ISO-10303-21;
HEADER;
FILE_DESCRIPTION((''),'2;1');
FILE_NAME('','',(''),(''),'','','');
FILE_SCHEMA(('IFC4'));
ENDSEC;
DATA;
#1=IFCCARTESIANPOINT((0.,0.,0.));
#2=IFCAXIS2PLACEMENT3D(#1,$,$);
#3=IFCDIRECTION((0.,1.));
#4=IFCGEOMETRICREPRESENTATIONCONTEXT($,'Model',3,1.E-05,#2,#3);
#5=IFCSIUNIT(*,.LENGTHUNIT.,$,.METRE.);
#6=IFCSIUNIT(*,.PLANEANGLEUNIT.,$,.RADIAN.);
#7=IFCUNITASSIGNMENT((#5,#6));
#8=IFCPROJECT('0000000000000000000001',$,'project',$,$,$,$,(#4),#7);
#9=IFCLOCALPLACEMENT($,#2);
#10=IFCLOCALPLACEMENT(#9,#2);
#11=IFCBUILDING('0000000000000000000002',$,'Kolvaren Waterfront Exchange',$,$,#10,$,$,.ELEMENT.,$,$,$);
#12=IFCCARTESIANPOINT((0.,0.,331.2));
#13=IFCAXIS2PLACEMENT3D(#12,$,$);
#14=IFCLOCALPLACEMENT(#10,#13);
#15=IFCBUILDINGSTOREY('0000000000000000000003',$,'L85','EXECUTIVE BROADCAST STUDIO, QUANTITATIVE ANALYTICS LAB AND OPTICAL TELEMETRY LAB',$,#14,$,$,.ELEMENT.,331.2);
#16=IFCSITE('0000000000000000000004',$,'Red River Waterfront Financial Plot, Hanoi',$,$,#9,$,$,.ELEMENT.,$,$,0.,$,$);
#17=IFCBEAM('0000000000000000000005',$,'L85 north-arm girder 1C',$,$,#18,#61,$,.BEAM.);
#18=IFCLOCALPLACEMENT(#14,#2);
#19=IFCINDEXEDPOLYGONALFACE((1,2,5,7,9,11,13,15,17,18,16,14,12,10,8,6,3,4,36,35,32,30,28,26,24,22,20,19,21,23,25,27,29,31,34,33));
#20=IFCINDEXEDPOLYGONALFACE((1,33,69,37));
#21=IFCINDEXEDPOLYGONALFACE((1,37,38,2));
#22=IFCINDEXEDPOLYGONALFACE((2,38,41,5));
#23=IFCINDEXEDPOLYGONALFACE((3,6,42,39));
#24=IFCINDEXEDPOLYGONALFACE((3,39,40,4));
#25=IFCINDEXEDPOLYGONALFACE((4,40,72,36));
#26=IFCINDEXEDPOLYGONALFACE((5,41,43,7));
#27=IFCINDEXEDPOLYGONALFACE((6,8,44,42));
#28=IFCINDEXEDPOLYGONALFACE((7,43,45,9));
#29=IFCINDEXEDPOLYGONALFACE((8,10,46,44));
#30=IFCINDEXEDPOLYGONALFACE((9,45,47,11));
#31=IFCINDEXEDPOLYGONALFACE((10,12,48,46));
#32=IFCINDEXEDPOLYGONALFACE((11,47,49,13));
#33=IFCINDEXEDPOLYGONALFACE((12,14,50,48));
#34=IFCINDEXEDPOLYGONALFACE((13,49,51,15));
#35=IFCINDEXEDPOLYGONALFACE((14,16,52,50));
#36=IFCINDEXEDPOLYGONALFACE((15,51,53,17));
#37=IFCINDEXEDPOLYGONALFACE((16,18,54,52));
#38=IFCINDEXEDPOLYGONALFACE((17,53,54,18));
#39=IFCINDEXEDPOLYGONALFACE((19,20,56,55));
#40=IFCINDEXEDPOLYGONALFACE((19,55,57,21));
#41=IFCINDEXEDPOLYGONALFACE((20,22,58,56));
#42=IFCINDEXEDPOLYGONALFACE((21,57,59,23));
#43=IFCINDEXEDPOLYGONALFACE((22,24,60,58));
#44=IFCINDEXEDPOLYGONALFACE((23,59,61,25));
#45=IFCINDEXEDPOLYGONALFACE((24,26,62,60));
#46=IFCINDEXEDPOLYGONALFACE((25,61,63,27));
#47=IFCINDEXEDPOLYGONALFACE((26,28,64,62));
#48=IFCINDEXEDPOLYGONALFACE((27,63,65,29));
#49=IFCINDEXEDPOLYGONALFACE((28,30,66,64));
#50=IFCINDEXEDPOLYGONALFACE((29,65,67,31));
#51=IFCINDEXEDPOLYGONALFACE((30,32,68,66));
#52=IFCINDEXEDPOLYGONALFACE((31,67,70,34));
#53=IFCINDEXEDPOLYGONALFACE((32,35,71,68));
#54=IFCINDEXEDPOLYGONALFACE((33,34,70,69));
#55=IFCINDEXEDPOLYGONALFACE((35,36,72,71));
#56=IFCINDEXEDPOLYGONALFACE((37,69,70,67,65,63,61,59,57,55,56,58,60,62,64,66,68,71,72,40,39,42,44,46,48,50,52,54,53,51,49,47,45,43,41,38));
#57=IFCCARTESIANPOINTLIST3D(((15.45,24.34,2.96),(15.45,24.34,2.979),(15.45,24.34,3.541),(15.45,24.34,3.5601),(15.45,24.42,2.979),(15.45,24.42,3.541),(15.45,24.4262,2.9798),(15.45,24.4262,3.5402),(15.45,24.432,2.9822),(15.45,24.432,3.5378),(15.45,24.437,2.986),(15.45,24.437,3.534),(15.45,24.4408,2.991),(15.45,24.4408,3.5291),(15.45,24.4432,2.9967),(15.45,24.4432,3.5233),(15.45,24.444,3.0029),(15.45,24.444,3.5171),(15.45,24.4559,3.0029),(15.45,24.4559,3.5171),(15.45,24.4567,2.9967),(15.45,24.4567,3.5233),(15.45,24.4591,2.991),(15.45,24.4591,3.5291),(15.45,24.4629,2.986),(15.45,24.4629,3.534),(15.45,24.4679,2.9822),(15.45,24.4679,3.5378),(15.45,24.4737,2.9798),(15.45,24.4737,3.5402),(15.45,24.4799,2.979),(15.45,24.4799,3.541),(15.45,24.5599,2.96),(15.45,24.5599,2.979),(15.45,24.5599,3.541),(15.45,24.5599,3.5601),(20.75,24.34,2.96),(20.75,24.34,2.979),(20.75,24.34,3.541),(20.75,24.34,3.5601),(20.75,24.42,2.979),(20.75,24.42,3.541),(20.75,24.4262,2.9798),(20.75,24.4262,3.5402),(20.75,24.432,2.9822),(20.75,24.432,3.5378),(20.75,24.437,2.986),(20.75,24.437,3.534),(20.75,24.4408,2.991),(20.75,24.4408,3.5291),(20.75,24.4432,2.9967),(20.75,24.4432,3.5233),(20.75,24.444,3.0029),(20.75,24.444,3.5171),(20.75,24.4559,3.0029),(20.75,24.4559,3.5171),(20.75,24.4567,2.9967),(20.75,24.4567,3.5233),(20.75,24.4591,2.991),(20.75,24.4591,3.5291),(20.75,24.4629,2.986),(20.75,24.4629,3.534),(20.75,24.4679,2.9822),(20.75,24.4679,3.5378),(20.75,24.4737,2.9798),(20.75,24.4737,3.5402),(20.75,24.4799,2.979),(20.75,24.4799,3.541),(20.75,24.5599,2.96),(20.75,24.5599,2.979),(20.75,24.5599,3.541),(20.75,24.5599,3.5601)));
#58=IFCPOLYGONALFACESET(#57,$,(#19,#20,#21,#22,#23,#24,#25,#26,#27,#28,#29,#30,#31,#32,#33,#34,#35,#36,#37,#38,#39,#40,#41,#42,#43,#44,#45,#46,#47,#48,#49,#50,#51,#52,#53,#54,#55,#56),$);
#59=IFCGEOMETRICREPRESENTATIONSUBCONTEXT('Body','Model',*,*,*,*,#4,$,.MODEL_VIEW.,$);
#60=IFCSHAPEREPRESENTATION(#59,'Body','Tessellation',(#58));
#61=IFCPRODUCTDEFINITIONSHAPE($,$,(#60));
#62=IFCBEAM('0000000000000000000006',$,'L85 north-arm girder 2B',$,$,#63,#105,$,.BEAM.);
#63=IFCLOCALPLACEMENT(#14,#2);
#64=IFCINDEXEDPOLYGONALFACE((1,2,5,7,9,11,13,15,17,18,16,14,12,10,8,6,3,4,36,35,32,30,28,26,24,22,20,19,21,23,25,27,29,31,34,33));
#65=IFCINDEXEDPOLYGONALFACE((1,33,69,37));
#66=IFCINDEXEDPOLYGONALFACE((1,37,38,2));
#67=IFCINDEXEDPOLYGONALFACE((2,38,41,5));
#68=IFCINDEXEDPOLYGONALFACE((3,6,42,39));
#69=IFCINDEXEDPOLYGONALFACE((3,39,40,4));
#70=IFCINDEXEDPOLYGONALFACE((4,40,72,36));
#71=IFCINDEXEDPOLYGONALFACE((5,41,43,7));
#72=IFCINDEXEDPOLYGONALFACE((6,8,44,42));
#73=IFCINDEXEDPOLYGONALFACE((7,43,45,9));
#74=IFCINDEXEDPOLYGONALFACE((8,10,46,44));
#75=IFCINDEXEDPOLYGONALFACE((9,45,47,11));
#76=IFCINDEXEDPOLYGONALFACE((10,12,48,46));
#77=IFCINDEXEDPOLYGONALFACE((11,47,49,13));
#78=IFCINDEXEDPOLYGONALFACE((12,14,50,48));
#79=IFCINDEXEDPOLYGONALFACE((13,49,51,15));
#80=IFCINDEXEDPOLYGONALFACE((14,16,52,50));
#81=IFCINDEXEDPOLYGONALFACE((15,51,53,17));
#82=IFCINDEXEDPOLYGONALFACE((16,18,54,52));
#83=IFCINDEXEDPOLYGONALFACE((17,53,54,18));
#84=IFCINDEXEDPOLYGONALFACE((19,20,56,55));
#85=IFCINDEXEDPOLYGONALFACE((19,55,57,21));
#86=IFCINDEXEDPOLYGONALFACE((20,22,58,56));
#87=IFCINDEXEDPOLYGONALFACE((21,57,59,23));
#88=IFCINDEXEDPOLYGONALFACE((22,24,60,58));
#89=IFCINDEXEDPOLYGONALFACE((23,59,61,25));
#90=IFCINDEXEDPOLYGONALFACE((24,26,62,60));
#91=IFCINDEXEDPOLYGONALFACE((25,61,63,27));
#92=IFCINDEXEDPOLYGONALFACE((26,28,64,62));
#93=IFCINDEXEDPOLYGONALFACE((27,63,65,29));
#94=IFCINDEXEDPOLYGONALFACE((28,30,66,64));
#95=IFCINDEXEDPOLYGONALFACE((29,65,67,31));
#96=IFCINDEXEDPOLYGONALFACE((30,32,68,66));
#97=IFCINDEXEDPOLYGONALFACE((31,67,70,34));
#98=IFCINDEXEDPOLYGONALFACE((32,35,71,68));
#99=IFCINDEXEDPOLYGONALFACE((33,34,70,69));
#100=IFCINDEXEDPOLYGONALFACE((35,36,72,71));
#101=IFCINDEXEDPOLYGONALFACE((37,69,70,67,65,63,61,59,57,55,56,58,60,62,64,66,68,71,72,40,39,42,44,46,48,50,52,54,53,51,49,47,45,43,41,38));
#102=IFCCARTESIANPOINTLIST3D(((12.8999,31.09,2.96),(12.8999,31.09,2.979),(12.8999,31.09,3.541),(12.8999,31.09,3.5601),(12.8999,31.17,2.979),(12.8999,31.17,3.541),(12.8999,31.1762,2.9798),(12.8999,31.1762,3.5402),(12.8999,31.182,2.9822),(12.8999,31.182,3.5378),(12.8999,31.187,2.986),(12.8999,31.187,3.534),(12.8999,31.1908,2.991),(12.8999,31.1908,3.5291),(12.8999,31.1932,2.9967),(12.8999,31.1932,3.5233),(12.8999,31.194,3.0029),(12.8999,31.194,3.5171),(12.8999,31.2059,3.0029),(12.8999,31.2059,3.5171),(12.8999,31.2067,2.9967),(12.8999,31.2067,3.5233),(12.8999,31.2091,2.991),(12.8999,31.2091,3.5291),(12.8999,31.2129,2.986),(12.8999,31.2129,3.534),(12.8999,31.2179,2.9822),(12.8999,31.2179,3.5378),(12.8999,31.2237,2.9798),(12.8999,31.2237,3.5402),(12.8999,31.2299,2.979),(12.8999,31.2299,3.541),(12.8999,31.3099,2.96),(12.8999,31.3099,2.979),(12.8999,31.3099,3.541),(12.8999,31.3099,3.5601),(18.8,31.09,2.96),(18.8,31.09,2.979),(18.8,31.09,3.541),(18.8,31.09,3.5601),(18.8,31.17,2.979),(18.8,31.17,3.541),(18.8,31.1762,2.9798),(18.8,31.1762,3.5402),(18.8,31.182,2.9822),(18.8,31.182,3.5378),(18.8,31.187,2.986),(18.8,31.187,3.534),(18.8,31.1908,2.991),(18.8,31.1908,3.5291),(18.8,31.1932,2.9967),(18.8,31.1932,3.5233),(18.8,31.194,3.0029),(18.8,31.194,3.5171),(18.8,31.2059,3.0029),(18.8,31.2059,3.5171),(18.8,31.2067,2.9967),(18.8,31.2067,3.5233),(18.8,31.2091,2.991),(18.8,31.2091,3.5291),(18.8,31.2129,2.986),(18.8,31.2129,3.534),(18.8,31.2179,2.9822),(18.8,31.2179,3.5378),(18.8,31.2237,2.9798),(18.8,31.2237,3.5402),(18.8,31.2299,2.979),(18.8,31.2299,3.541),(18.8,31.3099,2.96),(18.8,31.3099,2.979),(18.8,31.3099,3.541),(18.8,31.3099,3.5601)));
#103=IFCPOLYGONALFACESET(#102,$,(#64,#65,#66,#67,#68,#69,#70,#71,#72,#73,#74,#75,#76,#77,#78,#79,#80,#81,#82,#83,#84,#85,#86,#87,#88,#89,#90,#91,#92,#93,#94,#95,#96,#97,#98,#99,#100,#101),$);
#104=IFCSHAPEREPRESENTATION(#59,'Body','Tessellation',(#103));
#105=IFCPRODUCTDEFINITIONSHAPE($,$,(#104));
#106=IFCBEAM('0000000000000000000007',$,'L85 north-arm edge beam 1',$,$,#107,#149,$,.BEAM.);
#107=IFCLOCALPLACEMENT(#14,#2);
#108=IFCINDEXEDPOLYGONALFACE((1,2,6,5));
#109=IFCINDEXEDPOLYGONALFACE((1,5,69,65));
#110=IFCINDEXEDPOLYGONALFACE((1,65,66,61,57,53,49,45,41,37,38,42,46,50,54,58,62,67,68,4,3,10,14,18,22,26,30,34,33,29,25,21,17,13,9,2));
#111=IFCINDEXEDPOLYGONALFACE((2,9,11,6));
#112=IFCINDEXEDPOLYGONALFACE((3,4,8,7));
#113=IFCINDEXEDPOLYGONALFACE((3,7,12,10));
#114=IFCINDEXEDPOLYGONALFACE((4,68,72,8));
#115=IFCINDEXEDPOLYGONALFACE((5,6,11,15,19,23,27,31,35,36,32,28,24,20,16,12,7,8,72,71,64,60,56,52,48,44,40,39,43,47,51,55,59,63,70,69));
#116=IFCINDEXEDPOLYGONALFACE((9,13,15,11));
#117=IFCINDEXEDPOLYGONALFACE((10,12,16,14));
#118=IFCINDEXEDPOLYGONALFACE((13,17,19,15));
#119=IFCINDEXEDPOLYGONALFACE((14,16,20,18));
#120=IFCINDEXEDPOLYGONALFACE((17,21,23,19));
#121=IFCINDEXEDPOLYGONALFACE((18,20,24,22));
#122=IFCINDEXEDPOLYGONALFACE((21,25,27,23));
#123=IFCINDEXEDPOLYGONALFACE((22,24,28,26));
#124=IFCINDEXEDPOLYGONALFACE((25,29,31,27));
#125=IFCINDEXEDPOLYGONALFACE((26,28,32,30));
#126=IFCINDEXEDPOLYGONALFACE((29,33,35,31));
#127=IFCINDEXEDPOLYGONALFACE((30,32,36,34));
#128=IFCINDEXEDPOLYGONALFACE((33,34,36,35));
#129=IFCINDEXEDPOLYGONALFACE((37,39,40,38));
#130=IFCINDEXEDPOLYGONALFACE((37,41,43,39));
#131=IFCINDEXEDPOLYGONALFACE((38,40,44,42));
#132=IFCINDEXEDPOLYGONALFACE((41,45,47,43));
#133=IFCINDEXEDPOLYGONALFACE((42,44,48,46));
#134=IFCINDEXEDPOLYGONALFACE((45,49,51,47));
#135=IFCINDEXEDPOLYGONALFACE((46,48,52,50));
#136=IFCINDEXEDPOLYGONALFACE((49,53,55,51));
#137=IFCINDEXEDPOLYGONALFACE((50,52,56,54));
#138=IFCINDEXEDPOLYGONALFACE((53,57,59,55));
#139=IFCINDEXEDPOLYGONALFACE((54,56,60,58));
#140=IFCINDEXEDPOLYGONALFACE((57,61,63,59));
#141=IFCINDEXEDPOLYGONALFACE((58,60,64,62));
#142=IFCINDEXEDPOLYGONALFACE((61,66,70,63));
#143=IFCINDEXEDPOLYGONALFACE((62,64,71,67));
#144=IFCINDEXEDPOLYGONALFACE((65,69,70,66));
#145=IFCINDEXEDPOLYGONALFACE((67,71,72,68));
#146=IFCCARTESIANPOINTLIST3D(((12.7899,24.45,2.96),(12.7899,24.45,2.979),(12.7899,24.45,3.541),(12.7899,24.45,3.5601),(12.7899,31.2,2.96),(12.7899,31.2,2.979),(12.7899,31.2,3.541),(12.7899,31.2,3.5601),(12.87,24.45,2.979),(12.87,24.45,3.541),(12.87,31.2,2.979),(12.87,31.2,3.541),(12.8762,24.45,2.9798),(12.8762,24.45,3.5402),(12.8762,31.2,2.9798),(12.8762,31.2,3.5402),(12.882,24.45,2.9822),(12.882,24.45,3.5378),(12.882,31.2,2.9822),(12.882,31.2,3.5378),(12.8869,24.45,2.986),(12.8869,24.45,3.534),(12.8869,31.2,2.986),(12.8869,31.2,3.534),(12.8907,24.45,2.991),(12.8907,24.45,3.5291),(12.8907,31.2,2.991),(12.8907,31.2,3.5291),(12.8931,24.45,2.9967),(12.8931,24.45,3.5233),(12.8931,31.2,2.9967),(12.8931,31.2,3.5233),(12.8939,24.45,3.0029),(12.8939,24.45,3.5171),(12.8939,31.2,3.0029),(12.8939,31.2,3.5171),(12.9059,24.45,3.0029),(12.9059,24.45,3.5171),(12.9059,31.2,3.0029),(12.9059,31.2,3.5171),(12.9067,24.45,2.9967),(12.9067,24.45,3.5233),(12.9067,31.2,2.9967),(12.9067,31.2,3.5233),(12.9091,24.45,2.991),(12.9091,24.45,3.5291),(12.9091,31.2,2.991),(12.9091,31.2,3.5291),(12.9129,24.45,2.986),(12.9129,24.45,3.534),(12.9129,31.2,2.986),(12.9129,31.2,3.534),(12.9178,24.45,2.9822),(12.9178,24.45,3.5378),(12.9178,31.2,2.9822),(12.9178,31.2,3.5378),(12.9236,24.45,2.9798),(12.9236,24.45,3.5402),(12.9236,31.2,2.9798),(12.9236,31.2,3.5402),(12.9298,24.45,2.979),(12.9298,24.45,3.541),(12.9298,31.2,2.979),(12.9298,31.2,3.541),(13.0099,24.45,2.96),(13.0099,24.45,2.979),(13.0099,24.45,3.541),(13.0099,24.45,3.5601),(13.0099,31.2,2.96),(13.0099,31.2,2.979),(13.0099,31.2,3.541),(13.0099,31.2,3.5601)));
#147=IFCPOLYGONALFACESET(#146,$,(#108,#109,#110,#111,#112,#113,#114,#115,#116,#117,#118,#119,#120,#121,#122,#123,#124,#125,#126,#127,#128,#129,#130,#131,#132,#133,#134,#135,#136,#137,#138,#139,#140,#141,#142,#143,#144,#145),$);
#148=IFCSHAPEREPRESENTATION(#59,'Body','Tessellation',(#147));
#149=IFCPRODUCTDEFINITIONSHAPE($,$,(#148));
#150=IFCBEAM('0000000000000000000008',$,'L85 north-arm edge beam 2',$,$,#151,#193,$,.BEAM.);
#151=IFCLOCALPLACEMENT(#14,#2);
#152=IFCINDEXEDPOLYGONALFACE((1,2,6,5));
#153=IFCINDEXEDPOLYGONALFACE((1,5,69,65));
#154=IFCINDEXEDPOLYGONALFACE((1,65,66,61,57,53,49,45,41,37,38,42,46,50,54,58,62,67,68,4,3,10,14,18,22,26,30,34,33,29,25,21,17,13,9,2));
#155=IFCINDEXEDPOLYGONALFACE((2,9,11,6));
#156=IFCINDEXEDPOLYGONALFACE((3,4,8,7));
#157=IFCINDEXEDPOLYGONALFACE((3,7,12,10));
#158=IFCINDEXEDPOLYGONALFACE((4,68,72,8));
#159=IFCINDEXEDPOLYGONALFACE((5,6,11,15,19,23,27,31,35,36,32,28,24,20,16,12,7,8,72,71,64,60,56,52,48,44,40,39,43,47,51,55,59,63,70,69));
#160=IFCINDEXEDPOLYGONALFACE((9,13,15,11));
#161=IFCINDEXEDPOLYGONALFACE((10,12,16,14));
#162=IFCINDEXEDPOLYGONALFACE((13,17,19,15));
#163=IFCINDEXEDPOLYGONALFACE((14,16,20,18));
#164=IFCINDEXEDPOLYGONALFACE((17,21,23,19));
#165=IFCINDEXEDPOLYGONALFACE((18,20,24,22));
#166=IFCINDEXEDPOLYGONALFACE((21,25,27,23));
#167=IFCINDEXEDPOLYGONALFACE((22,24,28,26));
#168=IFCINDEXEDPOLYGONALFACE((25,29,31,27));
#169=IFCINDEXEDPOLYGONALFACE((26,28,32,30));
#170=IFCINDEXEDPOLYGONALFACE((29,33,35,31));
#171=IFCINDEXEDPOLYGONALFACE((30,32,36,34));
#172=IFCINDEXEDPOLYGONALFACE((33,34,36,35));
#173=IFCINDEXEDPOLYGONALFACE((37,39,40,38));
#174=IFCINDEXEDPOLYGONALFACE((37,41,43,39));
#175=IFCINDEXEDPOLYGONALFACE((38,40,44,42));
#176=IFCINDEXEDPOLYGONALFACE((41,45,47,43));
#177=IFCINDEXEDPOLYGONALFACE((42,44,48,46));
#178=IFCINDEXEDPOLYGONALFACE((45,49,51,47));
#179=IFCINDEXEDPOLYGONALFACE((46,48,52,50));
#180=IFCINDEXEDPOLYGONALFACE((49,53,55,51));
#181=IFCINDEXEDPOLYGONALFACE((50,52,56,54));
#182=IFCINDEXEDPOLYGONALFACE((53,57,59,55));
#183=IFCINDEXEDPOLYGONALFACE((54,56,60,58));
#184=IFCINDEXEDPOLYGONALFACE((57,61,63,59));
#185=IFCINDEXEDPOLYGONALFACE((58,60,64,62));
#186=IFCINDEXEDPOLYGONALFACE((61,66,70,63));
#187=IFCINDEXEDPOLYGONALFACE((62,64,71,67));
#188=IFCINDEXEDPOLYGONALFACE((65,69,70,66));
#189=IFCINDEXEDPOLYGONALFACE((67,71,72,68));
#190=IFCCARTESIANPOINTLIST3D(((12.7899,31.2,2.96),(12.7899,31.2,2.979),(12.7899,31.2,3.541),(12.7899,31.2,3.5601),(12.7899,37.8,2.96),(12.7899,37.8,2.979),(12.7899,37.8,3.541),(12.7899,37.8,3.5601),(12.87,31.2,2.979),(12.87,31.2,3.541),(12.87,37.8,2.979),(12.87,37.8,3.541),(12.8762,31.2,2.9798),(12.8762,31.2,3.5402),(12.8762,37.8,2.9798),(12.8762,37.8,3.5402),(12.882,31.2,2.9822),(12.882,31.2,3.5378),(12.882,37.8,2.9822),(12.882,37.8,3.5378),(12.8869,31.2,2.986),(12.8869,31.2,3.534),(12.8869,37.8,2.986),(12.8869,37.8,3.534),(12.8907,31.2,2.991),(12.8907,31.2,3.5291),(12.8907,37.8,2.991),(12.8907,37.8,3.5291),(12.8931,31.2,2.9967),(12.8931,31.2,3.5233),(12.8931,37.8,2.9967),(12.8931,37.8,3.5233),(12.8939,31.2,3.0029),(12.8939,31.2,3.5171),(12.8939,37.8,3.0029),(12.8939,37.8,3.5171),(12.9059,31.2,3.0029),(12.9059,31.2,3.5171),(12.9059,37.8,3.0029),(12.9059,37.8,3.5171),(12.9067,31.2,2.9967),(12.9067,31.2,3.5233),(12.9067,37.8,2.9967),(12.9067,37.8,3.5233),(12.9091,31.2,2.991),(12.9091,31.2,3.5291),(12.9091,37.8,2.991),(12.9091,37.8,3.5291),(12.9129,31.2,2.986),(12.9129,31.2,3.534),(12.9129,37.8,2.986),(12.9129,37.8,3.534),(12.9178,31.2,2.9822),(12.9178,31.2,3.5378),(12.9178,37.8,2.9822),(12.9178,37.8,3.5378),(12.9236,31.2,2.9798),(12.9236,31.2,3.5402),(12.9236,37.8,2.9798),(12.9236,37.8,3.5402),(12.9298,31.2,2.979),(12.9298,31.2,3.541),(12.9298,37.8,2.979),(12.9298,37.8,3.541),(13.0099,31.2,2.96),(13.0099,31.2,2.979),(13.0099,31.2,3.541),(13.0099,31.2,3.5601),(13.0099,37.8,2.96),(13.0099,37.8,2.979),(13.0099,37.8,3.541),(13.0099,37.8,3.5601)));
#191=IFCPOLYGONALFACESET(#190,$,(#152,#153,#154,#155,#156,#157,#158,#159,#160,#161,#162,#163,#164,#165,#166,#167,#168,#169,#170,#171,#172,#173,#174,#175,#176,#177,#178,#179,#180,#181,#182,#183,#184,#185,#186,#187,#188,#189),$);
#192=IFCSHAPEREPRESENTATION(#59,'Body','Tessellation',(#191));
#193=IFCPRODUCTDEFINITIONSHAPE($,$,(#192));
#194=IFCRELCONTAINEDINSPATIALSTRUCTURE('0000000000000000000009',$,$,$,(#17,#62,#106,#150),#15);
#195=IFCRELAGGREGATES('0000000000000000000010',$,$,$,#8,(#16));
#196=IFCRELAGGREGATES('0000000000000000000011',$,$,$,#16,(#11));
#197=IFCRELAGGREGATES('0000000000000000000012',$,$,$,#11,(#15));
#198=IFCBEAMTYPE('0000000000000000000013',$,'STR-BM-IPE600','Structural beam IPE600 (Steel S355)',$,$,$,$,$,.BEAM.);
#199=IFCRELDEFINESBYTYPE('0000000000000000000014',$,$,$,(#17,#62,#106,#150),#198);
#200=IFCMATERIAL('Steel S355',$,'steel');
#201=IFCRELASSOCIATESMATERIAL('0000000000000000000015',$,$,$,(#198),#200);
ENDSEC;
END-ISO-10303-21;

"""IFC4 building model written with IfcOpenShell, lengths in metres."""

from ifc_helpers import new_model, si_unit, direction, frame, origin, origin_2d, place, context, subcontext, project, spatial, i_section, extrude, material, material_profile, profile_set, type_object, element, save


model = new_model("IFC4")

# Units and contexts
model_context = context("Model", 3, precision=1e-05, world=origin(), true_north=direction((0.0, 1.0)))
body_context = subcontext(model_context, "Body", "Model", "MODEL_VIEW")
ifc_project = project(units=[si_unit("LENGTHUNIT", "METRE"), si_unit("PLANEANGLEUNIT", "RADIAN")], contexts=[model_context])

# Site, building, storey
site_placement = place(None, origin())
site = spatial("IfcSite", under=ifc_project, at=site_placement, Name="Red River Waterfront Financial Plot, Hanoi", CompositionType="ELEMENT", RefElevation=0.0)
building_placement = place(site_placement, origin())
building = spatial("IfcBuilding", under=site, at=building_placement, Name="Kolvaren Waterfront Exchange", CompositionType="ELEMENT")
storey_placement = place(building_placement, frame((0.0, 0.0, 331.2)))
storey = spatial("IfcBuildingStorey", under=building, at=storey_placement, Name="L85", Description="EXECUTIVE BROADCAST STUDIO, QUANTITATIVE ANALYTICS LAB AND OPTICAL TELEMETRY LAB", CompositionType="ELEMENT", Elevation=331.2)

# Beams
ifc_material_1 = material(Name="Steel S355", Category="steel")
ifc_material_profile_1 = material_profile(ifc_material_1, i_section(OverallWidth=0.22, OverallDepth=0.6001, WebThickness=0.012, FlangeThickness=0.019, FilletRadius=0.0239, at=origin_2d()), Name="IPE600")
ifc_profile_set_1 = profile_set([ifc_material_profile_1], Name="Steel S355")
beam_type_1 = type_object("IfcBeamType", Name="STR-BM-IPE600", Description="Structural beam IPE600 (Steel S355)", PredefinedType="BEAM", material=ifc_profile_set_1)
beam_1_placement = place(storey_placement, frame((15.45, 24.45, 3.26), z_axis=(1.0, 0.0, 0.0), x_axis=(0.0, 1.0, 0.0)))
element("IfcBeam", 1, at=beam_1_placement, inside=storey, type_object=beam_type_1, Name="L85 north-arm girder 1C", PredefinedType="BEAM", context=body_context, shape_type="SweptSolid", body=[
    extrude(i_section(OverallWidth=0.22, OverallDepth=0.6001, WebThickness=0.012, FlangeThickness=0.019, FilletRadius=0.0239, at=origin_2d()), origin(), (0.0, 0.0, 1.0), 5.3),
])
beam_2_placement = place(storey_placement, frame((12.8999, 31.2, 3.26), z_axis=(1.0, 0.0, 0.0), x_axis=(0.0, 1.0, 0.0)))
element("IfcBeam", 2, at=beam_2_placement, inside=storey, type_object=beam_type_1, Name="L85 north-arm girder 2B", PredefinedType="BEAM", context=body_context, shape_type="SweptSolid", body=[
    extrude(i_section(OverallWidth=0.22, OverallDepth=0.6001, WebThickness=0.012, FlangeThickness=0.019, FilletRadius=0.0239, at=origin_2d()), origin(), (0.0, 0.0, 1.0), 5.9001),
])
beam_3_placement = place(storey_placement, frame((12.8999, 24.45, 3.26), z_axis=(0.0, 1.0, 0.0), x_axis=(-1.0, 0.0, 0.0)))
element("IfcBeam", 3, at=beam_3_placement, inside=storey, type_object=beam_type_1, Name="L85 north-arm edge beam 1", PredefinedType="BEAM", context=body_context, shape_type="SweptSolid", body=[
    extrude(i_section(OverallWidth=0.22, OverallDepth=0.6001, WebThickness=0.012, FlangeThickness=0.019, FilletRadius=0.0239, at=origin_2d()), origin(), (0.0, 0.0, 1.0), 6.75),
])
beam_4_placement = place(storey_placement, frame((12.8999, 31.2, 3.26), z_axis=(0.0, 1.0, 0.0), x_axis=(-1.0, 0.0, 0.0)))
element("IfcBeam", 4, at=beam_4_placement, inside=storey, type_object=beam_type_1, Name="L85 north-arm edge beam 2", PredefinedType="BEAM", context=body_context, shape_type="SweptSolid", body=[
    extrude(i_section(OverallWidth=0.22, OverallDepth=0.6001, WebThickness=0.012, FlangeThickness=0.019, FilletRadius=0.0239, at=origin_2d()), origin(), (0.0, 0.0, 1.0), 6.6001),
])

save(model, "model.ifc")
